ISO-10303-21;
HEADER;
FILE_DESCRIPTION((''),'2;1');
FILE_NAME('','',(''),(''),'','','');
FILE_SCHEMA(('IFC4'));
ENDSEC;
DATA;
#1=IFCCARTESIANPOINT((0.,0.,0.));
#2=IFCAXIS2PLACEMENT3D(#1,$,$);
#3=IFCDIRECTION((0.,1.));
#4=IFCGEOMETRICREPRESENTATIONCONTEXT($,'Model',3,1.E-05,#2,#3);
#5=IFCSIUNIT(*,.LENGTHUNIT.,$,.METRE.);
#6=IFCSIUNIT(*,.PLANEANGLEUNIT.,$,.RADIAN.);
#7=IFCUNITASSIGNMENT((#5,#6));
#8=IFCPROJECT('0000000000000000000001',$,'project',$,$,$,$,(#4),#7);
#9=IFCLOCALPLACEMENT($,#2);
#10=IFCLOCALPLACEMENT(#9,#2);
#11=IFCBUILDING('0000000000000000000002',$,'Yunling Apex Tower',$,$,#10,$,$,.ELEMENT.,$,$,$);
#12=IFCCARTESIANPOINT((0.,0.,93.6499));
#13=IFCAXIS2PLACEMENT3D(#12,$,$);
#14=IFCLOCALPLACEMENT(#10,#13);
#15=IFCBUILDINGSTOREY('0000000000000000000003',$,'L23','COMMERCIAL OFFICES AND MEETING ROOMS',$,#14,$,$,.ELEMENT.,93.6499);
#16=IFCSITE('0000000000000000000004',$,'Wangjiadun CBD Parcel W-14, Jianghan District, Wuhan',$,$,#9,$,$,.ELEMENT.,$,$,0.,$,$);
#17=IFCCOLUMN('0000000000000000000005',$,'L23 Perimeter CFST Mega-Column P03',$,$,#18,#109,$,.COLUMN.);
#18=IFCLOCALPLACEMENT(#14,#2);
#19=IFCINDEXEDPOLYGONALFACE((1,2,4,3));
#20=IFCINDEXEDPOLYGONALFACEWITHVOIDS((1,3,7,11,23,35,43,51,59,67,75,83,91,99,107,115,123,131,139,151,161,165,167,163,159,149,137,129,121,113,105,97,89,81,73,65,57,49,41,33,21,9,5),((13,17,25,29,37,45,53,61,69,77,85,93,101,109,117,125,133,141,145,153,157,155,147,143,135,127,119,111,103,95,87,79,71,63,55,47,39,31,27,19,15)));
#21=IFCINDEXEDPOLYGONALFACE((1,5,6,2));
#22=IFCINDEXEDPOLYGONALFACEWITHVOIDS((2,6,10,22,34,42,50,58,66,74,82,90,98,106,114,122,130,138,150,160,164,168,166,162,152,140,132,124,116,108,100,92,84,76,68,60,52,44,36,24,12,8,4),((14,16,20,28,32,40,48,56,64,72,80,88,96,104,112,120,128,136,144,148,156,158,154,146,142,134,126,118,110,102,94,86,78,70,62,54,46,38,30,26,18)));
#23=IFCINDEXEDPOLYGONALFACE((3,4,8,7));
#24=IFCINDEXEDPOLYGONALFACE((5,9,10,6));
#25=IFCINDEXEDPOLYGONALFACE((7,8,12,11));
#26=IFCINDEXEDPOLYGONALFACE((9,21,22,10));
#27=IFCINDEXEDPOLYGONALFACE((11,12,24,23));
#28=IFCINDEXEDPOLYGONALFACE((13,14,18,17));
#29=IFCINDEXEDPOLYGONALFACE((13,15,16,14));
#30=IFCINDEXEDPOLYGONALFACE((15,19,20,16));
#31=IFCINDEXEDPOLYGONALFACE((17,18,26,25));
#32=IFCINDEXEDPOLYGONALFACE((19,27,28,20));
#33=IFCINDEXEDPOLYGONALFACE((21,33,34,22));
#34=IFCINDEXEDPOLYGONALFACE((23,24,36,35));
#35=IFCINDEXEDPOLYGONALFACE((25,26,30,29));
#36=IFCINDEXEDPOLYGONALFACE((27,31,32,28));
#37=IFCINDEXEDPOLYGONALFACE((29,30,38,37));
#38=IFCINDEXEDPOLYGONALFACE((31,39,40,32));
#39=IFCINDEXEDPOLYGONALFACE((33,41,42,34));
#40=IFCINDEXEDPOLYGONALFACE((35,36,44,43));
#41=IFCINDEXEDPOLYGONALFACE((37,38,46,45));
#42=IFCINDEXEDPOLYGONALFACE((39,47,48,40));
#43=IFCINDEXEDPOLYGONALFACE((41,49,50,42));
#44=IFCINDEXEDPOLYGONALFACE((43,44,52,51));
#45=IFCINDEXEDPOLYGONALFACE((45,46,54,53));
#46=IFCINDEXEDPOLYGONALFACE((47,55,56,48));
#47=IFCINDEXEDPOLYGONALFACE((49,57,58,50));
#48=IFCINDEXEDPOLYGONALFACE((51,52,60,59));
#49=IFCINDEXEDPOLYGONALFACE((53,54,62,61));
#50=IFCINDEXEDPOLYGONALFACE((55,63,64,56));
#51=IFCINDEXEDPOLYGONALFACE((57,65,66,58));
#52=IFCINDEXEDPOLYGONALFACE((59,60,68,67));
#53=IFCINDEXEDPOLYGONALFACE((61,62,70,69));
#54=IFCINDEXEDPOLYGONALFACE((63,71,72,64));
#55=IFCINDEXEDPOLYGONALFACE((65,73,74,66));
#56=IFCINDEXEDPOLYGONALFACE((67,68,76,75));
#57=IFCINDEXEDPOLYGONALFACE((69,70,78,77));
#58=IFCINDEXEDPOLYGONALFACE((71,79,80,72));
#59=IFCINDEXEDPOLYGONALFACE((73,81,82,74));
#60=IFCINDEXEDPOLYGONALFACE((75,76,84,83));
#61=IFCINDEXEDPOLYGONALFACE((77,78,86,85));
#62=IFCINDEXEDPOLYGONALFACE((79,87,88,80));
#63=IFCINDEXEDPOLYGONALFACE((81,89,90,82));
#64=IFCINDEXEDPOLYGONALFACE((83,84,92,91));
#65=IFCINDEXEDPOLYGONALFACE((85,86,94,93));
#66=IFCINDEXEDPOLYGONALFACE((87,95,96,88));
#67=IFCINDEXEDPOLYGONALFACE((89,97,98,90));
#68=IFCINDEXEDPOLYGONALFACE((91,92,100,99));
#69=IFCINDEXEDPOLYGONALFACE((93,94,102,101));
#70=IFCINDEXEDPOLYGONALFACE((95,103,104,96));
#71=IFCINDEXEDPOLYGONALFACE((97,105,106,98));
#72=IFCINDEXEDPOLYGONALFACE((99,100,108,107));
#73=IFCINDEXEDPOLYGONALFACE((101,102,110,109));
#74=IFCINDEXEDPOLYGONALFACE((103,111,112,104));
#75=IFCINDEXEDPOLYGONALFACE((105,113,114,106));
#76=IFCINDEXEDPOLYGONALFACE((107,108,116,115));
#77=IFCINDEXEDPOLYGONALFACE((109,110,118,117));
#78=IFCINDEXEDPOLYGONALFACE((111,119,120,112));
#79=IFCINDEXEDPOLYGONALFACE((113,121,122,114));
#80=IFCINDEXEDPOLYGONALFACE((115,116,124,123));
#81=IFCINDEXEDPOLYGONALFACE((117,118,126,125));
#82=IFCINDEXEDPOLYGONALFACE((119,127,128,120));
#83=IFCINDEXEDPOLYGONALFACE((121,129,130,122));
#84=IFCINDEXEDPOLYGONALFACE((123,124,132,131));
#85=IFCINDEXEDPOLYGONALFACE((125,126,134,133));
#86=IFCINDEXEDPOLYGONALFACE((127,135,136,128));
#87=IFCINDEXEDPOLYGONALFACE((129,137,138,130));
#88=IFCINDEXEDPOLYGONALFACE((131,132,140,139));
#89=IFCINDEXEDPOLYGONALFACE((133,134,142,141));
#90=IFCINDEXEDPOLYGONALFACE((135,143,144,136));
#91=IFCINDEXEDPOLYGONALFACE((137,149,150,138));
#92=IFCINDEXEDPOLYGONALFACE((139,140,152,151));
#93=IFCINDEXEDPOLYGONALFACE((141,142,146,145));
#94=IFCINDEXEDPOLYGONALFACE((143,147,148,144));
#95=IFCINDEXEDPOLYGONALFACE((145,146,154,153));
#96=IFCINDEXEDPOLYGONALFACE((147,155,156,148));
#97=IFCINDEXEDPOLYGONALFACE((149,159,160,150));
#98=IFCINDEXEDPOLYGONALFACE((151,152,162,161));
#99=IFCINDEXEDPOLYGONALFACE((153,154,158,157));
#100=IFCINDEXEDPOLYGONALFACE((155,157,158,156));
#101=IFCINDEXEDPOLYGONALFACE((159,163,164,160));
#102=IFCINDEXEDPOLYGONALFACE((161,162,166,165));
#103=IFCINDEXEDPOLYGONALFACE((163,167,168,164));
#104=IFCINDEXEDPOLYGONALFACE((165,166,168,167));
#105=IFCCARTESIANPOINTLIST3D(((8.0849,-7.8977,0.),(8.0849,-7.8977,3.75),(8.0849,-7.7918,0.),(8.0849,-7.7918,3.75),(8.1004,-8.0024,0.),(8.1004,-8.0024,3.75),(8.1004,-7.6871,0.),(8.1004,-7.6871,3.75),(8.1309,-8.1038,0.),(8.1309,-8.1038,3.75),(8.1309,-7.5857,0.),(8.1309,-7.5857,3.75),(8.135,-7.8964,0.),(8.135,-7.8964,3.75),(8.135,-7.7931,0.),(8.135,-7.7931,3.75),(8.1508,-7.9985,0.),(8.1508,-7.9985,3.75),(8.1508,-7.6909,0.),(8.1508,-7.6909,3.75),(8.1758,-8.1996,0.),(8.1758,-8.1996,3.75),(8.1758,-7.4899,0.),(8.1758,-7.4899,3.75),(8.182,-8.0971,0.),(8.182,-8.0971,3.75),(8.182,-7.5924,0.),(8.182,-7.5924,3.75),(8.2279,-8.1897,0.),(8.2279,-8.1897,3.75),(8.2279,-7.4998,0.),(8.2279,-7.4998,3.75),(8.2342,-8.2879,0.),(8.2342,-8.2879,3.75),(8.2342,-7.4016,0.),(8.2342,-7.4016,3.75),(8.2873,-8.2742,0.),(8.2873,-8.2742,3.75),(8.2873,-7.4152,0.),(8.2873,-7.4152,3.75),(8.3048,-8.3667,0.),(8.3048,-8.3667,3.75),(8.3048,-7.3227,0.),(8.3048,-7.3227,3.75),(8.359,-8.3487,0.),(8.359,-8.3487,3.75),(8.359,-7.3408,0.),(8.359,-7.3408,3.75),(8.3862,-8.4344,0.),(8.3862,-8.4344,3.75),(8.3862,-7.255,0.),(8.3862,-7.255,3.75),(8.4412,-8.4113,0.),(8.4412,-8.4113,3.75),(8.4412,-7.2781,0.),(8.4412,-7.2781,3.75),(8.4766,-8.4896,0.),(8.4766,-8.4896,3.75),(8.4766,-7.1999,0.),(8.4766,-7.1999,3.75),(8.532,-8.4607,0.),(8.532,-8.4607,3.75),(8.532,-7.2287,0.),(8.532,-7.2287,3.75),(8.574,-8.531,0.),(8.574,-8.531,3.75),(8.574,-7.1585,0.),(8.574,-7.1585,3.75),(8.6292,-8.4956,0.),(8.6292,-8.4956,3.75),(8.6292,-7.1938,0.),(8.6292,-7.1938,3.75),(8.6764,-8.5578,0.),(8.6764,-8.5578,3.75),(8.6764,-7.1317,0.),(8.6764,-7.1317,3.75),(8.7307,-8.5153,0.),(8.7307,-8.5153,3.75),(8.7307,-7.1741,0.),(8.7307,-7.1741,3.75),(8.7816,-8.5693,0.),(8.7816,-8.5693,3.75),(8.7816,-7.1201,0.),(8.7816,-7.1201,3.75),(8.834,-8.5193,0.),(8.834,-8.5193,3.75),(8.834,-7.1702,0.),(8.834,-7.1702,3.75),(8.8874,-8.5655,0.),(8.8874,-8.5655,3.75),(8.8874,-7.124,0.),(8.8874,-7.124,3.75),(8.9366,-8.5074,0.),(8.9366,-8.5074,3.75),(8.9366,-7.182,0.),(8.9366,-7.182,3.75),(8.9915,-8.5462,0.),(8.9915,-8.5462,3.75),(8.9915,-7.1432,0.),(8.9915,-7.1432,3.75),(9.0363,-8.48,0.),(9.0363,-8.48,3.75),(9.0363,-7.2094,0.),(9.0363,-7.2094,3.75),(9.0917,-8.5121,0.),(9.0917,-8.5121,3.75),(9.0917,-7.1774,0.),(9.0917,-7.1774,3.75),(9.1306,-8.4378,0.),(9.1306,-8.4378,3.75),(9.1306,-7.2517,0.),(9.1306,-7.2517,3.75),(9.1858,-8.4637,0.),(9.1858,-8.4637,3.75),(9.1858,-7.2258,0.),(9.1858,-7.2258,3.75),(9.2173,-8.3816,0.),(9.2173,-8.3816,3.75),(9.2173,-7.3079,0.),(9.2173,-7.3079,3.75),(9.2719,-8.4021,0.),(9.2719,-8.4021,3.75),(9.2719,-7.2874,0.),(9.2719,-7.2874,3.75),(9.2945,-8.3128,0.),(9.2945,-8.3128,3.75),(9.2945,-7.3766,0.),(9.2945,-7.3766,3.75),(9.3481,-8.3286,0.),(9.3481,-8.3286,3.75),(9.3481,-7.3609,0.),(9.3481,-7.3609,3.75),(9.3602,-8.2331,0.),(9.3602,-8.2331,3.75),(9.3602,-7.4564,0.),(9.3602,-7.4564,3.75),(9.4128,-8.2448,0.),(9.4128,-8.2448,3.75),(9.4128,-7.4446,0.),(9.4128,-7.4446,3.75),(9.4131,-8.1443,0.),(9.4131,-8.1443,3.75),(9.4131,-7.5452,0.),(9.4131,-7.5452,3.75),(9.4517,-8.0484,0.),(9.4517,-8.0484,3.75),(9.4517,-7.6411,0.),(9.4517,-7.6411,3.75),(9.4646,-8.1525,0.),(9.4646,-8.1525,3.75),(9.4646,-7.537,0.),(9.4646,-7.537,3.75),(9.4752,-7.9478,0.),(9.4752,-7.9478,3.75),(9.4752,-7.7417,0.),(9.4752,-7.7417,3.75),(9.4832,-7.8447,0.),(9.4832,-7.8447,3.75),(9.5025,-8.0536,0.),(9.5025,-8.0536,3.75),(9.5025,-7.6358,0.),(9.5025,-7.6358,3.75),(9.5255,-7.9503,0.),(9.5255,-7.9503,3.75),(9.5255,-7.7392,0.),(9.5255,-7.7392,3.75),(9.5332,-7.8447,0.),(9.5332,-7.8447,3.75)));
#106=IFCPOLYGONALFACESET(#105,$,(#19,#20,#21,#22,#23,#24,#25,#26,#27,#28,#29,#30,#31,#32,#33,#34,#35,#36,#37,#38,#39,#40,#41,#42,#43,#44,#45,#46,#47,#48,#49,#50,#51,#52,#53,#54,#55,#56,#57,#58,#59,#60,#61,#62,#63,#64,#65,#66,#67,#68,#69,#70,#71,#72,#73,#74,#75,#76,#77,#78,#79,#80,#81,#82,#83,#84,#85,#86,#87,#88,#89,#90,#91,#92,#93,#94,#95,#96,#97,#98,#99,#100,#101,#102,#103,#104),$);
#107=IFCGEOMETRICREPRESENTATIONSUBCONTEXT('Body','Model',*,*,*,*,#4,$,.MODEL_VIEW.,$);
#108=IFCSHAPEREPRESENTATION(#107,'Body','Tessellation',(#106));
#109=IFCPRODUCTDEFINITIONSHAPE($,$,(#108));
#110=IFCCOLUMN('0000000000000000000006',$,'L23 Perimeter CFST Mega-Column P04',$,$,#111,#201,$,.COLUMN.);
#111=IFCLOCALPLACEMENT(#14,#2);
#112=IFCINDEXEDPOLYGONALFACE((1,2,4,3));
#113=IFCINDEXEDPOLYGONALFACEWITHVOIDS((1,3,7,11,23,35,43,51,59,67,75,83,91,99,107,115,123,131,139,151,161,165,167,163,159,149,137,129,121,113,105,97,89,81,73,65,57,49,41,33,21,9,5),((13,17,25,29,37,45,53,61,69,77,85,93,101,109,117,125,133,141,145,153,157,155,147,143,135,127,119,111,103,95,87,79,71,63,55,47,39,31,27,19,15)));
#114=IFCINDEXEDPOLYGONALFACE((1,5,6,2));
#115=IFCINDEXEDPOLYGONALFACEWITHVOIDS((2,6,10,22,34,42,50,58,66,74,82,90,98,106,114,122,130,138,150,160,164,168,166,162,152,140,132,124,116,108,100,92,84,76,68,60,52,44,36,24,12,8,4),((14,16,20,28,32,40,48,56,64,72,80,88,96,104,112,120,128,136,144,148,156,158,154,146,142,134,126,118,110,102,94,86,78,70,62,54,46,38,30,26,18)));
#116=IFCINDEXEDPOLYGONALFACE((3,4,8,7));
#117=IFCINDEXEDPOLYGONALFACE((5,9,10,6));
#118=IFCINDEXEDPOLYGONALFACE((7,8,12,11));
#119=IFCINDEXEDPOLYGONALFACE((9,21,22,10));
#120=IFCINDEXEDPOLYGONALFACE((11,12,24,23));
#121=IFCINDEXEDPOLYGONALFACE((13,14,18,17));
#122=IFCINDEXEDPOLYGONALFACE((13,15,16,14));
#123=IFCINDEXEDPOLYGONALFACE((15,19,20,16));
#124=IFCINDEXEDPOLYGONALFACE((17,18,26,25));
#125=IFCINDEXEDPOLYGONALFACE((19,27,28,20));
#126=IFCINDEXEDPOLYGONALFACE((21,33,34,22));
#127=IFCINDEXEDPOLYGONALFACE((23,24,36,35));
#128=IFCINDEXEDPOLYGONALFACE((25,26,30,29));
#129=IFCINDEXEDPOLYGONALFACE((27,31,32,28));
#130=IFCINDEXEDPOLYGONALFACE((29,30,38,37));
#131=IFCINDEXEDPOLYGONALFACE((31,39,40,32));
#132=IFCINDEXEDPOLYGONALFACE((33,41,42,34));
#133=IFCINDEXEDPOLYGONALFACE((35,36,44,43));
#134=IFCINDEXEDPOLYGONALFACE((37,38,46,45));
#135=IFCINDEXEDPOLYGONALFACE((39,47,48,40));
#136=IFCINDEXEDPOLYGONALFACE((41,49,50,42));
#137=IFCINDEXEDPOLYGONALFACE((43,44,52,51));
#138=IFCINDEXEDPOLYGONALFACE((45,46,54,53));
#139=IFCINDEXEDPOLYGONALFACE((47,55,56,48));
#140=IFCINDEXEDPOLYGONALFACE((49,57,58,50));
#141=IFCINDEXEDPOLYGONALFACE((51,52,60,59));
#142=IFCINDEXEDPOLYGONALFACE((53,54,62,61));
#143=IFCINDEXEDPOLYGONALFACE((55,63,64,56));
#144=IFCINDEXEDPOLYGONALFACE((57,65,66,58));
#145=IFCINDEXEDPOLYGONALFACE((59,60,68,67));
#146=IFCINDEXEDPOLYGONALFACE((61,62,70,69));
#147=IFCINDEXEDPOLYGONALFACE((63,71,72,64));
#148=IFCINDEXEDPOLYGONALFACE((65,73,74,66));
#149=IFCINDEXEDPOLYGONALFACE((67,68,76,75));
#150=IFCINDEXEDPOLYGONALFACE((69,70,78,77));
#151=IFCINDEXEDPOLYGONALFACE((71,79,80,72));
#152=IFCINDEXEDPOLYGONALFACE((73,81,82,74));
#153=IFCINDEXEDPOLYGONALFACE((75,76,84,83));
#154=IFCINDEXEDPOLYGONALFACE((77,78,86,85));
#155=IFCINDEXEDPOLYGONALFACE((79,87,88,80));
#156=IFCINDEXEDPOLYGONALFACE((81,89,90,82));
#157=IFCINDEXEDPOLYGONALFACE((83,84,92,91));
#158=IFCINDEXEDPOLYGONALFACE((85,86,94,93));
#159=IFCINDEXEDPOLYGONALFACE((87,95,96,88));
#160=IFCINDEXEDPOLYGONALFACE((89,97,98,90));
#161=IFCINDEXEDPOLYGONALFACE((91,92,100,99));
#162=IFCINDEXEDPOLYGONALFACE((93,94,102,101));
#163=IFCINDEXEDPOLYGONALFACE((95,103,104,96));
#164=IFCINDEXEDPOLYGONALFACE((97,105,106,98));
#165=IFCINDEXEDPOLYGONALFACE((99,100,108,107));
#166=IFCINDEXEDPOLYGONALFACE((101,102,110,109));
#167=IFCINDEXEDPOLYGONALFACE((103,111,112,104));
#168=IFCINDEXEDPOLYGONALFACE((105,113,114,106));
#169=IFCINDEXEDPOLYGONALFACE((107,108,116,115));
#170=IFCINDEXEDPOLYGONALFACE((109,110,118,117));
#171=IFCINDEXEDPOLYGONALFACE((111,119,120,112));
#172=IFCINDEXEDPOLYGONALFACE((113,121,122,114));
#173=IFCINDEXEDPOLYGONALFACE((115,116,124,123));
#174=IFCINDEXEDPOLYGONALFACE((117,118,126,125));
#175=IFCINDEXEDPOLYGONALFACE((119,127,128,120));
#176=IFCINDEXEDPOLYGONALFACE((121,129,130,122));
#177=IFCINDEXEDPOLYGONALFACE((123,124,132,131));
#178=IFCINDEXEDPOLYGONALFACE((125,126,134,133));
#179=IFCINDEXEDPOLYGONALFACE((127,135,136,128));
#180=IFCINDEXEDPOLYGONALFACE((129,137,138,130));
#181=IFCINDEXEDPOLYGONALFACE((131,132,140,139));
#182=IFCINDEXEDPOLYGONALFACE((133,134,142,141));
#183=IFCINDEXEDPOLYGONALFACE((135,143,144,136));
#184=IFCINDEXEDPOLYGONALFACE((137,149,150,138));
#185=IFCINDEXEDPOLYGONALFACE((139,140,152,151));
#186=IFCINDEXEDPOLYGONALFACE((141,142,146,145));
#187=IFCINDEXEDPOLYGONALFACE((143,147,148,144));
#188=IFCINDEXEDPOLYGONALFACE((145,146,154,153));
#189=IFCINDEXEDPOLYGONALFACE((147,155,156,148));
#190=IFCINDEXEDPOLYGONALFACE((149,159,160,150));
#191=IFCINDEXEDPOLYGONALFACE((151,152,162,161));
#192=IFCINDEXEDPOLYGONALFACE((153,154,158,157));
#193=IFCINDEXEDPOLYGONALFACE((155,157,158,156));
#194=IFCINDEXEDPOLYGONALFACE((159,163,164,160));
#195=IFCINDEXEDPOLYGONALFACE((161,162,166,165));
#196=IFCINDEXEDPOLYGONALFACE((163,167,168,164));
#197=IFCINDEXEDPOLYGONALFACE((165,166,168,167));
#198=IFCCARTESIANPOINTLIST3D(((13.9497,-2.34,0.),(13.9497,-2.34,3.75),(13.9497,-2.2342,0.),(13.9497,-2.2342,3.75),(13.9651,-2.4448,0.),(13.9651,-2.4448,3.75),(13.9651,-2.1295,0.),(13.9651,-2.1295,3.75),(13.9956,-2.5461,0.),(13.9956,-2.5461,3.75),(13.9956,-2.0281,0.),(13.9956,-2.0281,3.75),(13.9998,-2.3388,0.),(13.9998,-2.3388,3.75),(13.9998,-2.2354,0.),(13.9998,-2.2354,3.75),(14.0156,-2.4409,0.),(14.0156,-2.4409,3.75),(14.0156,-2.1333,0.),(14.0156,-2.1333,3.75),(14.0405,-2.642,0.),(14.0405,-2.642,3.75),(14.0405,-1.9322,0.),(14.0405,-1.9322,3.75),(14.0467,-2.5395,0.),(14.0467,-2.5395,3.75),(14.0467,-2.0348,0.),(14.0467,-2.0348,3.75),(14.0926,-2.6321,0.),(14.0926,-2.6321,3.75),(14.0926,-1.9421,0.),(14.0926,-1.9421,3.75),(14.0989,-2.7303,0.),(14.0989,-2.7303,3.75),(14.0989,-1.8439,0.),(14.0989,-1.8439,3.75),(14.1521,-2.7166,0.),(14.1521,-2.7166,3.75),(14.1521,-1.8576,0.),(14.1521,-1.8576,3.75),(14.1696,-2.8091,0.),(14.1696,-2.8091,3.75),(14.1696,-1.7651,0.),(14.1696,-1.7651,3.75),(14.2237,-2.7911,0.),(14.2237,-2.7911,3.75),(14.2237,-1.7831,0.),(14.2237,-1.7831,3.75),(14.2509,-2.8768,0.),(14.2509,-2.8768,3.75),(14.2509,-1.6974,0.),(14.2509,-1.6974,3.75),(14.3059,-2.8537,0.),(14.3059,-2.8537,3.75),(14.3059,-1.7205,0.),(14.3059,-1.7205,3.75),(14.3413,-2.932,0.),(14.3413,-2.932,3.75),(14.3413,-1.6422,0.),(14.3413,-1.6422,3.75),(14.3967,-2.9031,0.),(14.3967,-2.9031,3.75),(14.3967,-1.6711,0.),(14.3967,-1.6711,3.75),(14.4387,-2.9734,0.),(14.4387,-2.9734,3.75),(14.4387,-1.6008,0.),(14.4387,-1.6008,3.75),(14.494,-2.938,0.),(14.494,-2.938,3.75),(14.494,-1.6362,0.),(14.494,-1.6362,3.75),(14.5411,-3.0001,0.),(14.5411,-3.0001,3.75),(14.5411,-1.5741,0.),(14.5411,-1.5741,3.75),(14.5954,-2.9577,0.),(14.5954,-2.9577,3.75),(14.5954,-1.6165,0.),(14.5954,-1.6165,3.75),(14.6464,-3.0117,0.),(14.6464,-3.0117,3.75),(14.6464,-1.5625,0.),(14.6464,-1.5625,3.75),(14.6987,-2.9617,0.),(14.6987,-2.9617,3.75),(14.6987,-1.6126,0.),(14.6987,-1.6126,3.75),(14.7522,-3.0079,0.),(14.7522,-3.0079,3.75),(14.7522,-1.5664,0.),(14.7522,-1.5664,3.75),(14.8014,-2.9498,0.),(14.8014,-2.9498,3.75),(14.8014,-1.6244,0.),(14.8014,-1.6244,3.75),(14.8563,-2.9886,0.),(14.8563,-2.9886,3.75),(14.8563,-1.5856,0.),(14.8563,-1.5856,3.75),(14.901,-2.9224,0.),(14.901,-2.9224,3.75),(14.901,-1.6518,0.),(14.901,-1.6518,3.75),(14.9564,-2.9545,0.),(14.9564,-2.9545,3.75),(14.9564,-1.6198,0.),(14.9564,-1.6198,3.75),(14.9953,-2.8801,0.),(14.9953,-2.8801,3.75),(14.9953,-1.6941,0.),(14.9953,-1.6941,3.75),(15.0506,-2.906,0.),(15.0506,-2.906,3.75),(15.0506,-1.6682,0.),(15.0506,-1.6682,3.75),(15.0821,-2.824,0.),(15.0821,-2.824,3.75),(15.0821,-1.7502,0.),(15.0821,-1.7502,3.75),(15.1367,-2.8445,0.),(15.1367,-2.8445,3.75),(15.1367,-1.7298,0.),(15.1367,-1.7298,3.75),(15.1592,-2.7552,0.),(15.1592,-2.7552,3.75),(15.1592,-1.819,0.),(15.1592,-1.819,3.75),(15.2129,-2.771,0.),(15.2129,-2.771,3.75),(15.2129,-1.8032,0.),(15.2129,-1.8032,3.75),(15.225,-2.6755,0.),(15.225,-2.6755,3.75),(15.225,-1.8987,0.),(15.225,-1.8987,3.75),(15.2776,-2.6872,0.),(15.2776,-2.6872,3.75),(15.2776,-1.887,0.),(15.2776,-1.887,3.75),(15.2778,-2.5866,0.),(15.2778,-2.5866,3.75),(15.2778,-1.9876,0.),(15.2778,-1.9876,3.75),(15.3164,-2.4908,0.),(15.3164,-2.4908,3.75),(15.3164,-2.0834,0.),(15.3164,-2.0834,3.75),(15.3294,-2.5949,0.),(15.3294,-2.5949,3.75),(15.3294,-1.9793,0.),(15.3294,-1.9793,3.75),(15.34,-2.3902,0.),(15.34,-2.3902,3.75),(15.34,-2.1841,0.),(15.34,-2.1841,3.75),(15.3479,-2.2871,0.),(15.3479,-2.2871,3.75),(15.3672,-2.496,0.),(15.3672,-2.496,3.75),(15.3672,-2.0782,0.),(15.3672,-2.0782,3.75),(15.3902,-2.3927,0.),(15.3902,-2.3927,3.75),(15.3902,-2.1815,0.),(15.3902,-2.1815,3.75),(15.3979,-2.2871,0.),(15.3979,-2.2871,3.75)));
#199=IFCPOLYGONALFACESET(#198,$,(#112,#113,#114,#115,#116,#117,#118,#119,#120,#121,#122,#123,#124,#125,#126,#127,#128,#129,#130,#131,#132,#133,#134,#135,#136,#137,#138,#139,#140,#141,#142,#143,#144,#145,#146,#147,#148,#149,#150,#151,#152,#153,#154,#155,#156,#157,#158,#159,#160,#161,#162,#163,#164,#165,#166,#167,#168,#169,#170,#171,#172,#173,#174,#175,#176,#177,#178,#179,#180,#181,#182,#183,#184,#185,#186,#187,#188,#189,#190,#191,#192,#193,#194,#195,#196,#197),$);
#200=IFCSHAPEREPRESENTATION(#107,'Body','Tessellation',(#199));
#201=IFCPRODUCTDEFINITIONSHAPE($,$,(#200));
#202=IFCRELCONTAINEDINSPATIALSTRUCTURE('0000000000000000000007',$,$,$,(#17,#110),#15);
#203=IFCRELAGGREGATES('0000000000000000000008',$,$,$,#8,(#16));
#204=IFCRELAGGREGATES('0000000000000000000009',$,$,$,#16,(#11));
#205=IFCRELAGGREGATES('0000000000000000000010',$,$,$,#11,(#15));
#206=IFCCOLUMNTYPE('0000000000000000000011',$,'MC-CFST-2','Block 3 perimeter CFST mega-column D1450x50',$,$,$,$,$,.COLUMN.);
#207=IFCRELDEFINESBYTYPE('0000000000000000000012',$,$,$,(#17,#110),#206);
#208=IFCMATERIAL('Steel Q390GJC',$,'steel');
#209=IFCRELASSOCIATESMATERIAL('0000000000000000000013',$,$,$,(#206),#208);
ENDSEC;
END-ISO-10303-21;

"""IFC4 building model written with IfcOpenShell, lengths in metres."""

from ifc_helpers import new_model, si_unit, direction, frame, origin, origin_2d, place, context, subcontext, project, spatial, hollow_circle, extrude, source, transform, mapped, material, material_profile, profile_set, type_object, element, save


model = new_model("IFC4")

# Units and contexts
model_context = context("Model", 3, precision=1e-05, world=origin(), true_north=direction((0.0, 1.0)))
body_context = subcontext(model_context, "Body", "Model", "MODEL_VIEW")
ifc_project = project(units=[si_unit("LENGTHUNIT", "METRE"), si_unit("PLANEANGLEUNIT", "RADIAN")], contexts=[model_context])

# Site, building, storey
site_placement = place(None, origin())
site = spatial("IfcSite", under=ifc_project, at=site_placement, Name="Wangjiadun CBD Parcel W-14, Jianghan District, Wuhan", CompositionType="ELEMENT", RefElevation=0.0)
building_placement = place(site_placement, origin())
building = spatial("IfcBuilding", under=site, at=building_placement, Name="Yunling Apex Tower", CompositionType="ELEMENT")
storey_placement = place(building_placement, frame((0.0, 0.0, 93.6499)))
storey = spatial("IfcBuildingStorey", under=building, at=storey_placement, Name="L23", Description="COMMERCIAL OFFICES AND MEETING ROOMS", CompositionType="ELEMENT", Elevation=93.6499)

# Columns
ifc_material_1 = material(Name="Steel Q390GJC", Category="steel")
ifc_material_profile_1 = material_profile(ifc_material_1, hollow_circle(Radius=0.7251, WallThickness=0.05, at=origin_2d()))
ifc_profile_set_1 = profile_set([ifc_material_profile_1], Name="Steel Q390GJC")
column_type = type_object("IfcColumnType", Name="MC-CFST-2", Description="Block 3 perimeter CFST mega-column D1450x50", PredefinedType="COLUMN", material=ifc_profile_set_1)
shared_shape_1 = source(origin(), body_context, "Body", "SweptSolid", [
    extrude(hollow_circle(Radius=0.7251, WallThickness=0.05, at=origin_2d()), origin(), (0.0, 0.0, 1.0), 3.75),
])
for number, where, z_axis, x_axis, name in (
    (1, (8.8081, -7.8447, 0.0), (0.0, 0.0, 1.0), (1.0, 0.0, 0.0), "L23 Perimeter CFST Mega-Column P03"),
    (2, (14.6729, -2.2871, 0.0), (0.0, 0.0, 1.0), (1.0, 0.0, 0.0), "L23 Perimeter CFST Mega-Column P04"),
):
    element("IfcColumn", number, at=place(storey_placement, frame(where, z_axis=z_axis, x_axis=x_axis)), inside=storey, type_object=column_type, Name=name, PredefinedType="COLUMN", context=body_context, shape_type="MappedRepresentation", body=[
        mapped(shared_shape_1, transform((0.0, 0.0, 0.0), scale=1.0)),
    ])

save(model, "model.ifc")
